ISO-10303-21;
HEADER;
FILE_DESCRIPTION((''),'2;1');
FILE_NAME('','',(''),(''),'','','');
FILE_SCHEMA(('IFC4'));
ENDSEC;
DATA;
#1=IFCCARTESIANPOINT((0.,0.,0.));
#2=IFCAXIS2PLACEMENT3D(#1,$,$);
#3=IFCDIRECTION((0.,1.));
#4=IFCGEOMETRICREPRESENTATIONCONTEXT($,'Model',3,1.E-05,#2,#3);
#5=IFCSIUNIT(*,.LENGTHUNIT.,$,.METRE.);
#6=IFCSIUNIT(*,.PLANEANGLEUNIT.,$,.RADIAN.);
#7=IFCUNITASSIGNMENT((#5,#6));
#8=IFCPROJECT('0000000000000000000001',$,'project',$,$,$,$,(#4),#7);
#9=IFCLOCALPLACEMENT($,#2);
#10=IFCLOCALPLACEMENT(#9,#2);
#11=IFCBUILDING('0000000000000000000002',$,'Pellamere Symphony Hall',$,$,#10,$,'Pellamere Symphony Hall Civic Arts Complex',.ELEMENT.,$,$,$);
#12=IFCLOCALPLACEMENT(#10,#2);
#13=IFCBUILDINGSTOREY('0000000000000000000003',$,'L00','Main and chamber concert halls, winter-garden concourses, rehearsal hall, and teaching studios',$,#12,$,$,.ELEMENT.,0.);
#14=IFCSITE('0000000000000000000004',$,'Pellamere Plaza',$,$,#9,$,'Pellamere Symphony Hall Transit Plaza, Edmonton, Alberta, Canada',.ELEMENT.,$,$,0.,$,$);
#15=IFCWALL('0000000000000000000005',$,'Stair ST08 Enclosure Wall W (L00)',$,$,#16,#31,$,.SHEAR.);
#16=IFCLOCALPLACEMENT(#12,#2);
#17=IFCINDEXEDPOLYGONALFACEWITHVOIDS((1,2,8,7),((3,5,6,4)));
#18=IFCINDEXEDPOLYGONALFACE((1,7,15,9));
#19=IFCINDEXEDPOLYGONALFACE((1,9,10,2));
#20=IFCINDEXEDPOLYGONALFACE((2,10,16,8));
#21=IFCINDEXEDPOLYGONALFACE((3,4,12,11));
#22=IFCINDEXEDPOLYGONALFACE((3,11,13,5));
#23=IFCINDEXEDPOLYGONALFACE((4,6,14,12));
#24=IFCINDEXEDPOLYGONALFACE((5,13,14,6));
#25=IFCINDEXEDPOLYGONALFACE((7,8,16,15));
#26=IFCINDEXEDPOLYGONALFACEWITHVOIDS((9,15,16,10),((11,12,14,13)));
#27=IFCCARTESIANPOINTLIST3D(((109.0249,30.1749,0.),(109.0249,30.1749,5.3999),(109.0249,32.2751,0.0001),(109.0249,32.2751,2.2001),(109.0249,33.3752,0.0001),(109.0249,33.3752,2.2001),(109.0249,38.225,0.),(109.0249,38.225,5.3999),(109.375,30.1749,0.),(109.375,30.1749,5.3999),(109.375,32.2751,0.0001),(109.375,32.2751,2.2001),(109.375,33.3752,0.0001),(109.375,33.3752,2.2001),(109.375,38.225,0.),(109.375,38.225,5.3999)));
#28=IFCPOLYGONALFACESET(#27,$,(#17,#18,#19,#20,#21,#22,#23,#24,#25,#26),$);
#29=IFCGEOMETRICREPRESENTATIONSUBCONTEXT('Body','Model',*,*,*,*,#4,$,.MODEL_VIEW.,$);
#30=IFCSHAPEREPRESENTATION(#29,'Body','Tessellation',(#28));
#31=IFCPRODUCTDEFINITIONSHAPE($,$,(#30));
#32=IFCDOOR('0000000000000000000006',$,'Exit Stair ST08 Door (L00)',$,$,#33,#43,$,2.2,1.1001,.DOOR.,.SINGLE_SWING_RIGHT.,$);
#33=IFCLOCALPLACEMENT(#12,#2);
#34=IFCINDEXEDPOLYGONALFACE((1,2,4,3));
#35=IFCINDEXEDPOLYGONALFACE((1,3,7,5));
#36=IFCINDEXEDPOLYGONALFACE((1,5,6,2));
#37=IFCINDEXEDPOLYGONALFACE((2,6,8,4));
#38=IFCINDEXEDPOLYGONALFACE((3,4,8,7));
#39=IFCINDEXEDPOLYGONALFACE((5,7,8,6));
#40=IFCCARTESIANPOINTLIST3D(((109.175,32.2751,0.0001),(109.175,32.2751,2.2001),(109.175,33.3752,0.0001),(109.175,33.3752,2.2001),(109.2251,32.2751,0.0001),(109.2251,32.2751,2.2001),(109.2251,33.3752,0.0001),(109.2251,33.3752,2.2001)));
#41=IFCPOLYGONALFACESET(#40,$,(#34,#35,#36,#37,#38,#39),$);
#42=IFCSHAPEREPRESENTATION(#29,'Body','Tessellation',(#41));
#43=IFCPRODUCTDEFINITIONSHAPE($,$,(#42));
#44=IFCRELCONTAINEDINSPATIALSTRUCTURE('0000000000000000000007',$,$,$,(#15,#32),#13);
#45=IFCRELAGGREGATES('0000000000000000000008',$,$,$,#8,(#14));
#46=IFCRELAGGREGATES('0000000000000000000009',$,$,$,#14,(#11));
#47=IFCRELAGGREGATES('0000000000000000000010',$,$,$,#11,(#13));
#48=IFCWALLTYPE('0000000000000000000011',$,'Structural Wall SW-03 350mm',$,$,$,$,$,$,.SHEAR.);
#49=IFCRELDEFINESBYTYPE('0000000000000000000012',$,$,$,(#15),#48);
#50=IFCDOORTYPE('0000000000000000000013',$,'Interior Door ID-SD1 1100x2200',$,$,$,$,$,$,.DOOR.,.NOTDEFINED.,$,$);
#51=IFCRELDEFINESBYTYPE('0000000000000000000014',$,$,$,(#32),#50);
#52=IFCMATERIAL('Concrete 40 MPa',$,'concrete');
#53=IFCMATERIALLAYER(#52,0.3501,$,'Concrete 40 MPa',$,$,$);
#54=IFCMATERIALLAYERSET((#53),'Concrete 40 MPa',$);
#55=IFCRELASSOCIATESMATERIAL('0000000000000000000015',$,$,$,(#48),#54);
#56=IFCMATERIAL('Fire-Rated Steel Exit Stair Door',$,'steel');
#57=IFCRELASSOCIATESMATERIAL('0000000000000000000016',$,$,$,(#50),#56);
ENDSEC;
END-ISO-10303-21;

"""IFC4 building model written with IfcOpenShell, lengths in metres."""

from ifc_helpers import new_model, si_unit, direction, frame, frame_2d, origin, place, context, subcontext, project, spatial, rectangle, extrude, material, layer, layer_set, type_object, element, fill, save


model = new_model("IFC4")

# Units and contexts
model_context = context("Model", 3, precision=1e-05, world=origin(), true_north=direction((0.0, 1.0)))
body_context = subcontext(model_context, "Body", "Model", "MODEL_VIEW")
ifc_project = project(units=[si_unit("LENGTHUNIT", "METRE"), si_unit("PLANEANGLEUNIT", "RADIAN")], contexts=[model_context])

# Site, building, storey
site_placement = place(None, origin())
site = spatial("IfcSite", under=ifc_project, at=site_placement, Name="Pellamere Plaza", LongName="Pellamere Symphony Hall Transit Plaza, Edmonton, Alberta, Canada", CompositionType="ELEMENT", RefElevation=0.0)
building_placement = place(site_placement, origin())
building = spatial("IfcBuilding", under=site, at=building_placement, Name="Pellamere Symphony Hall", LongName="Pellamere Symphony Hall Civic Arts Complex", CompositionType="ELEMENT")
storey_placement = place(building_placement, origin())
storey = spatial("IfcBuildingStorey", under=building, at=storey_placement, Name="L00", Description="Main and chamber concert halls, winter-garden concourses, rehearsal hall, and teaching studios", CompositionType="ELEMENT", Elevation=0.0)

# Shared definitions
ifc_material_1 = material(Name="Concrete 40 MPa", Category="concrete")

# Shared definitions
ifc_layer_1 = layer(ifc_material_1, 0.3501, Name="Concrete 40 MPa")
ifc_layer_set_1 = layer_set([ifc_layer_1], Name="Concrete 40 MPa")
wall_type_1 = type_object("IfcWallType", Name="Structural Wall SW-03 350mm", PredefinedType="SHEAR", material=ifc_layer_set_1)

# Wall, opening, door
wall_1_placement = place(storey_placement, frame((109.2, 30.175, 0.0), z_axis=(0.0, 0.0, 1.0), x_axis=(0.0, 1.0, 0.0)))
wall_1 = element("IfcWall", 1, at=wall_1_placement, inside=storey, type_object=wall_type_1, Name="Stair ST08 Enclosure Wall W (L00)", PredefinedType="SHEAR", context=body_context, shape_type="SweptSolid", body=[
    extrude(rectangle(XDim=8.05, YDim=0.3501, at=frame_2d((4.0249, 0.0))), origin(), (0.0, 0.0, 1.0), 5.3999),
])
opening_1_placement = place(wall_1_placement, frame((2.1001, 0.0, 0.0)))
opening_1 = element("IfcOpeningElement", 2, at=opening_1_placement, cuts=wall_1, PredefinedType="OPENING", context=body_context, shape_type="SweptSolid", body=[
    extrude(rectangle(XDim=1.1001, YDim=2.2, at=frame_2d((0.55, 1.1001))), frame((0.0, 0.1851, 0.0), z_axis=(0.0, -1.0, 0.0), x_axis=(1.0, 0.0, 0.0)), (0.0, 0.0, 1.0), 0.3701),
])
ifc_material_2 = material(Name="Fire-Rated Steel Exit Stair Door", Category="steel")
door_type_1 = type_object("IfcDoorType", Name="Interior Door ID-SD1 1100x2200", OperationType="NOTDEFINED", PredefinedType="DOOR", material=ifc_material_2)
door_1_placement = place(opening_1_placement, origin())
door_1 = element("IfcDoor", 3, at=door_1_placement, inside=storey, type_object=door_type_1, Name="Exit Stair ST08 Door (L00)", OperationType="SINGLE_SWING_RIGHT", OverallHeight=2.2, OverallWidth=1.1001, PredefinedType="DOOR", context=body_context, shape_type="SweptSolid", body=[
    extrude(rectangle(XDim=1.1001, YDim=2.2, at=frame_2d((0.55, 1.1001))), frame((0.0, 0.0249, 0.0), z_axis=(0.0, -1.0, 0.0), x_axis=(1.0, 0.0, 0.0)), (0.0, 0.0, 1.0), 0.05),
])
fill(opening_1, door_1)

save(model, "model.ifc")
